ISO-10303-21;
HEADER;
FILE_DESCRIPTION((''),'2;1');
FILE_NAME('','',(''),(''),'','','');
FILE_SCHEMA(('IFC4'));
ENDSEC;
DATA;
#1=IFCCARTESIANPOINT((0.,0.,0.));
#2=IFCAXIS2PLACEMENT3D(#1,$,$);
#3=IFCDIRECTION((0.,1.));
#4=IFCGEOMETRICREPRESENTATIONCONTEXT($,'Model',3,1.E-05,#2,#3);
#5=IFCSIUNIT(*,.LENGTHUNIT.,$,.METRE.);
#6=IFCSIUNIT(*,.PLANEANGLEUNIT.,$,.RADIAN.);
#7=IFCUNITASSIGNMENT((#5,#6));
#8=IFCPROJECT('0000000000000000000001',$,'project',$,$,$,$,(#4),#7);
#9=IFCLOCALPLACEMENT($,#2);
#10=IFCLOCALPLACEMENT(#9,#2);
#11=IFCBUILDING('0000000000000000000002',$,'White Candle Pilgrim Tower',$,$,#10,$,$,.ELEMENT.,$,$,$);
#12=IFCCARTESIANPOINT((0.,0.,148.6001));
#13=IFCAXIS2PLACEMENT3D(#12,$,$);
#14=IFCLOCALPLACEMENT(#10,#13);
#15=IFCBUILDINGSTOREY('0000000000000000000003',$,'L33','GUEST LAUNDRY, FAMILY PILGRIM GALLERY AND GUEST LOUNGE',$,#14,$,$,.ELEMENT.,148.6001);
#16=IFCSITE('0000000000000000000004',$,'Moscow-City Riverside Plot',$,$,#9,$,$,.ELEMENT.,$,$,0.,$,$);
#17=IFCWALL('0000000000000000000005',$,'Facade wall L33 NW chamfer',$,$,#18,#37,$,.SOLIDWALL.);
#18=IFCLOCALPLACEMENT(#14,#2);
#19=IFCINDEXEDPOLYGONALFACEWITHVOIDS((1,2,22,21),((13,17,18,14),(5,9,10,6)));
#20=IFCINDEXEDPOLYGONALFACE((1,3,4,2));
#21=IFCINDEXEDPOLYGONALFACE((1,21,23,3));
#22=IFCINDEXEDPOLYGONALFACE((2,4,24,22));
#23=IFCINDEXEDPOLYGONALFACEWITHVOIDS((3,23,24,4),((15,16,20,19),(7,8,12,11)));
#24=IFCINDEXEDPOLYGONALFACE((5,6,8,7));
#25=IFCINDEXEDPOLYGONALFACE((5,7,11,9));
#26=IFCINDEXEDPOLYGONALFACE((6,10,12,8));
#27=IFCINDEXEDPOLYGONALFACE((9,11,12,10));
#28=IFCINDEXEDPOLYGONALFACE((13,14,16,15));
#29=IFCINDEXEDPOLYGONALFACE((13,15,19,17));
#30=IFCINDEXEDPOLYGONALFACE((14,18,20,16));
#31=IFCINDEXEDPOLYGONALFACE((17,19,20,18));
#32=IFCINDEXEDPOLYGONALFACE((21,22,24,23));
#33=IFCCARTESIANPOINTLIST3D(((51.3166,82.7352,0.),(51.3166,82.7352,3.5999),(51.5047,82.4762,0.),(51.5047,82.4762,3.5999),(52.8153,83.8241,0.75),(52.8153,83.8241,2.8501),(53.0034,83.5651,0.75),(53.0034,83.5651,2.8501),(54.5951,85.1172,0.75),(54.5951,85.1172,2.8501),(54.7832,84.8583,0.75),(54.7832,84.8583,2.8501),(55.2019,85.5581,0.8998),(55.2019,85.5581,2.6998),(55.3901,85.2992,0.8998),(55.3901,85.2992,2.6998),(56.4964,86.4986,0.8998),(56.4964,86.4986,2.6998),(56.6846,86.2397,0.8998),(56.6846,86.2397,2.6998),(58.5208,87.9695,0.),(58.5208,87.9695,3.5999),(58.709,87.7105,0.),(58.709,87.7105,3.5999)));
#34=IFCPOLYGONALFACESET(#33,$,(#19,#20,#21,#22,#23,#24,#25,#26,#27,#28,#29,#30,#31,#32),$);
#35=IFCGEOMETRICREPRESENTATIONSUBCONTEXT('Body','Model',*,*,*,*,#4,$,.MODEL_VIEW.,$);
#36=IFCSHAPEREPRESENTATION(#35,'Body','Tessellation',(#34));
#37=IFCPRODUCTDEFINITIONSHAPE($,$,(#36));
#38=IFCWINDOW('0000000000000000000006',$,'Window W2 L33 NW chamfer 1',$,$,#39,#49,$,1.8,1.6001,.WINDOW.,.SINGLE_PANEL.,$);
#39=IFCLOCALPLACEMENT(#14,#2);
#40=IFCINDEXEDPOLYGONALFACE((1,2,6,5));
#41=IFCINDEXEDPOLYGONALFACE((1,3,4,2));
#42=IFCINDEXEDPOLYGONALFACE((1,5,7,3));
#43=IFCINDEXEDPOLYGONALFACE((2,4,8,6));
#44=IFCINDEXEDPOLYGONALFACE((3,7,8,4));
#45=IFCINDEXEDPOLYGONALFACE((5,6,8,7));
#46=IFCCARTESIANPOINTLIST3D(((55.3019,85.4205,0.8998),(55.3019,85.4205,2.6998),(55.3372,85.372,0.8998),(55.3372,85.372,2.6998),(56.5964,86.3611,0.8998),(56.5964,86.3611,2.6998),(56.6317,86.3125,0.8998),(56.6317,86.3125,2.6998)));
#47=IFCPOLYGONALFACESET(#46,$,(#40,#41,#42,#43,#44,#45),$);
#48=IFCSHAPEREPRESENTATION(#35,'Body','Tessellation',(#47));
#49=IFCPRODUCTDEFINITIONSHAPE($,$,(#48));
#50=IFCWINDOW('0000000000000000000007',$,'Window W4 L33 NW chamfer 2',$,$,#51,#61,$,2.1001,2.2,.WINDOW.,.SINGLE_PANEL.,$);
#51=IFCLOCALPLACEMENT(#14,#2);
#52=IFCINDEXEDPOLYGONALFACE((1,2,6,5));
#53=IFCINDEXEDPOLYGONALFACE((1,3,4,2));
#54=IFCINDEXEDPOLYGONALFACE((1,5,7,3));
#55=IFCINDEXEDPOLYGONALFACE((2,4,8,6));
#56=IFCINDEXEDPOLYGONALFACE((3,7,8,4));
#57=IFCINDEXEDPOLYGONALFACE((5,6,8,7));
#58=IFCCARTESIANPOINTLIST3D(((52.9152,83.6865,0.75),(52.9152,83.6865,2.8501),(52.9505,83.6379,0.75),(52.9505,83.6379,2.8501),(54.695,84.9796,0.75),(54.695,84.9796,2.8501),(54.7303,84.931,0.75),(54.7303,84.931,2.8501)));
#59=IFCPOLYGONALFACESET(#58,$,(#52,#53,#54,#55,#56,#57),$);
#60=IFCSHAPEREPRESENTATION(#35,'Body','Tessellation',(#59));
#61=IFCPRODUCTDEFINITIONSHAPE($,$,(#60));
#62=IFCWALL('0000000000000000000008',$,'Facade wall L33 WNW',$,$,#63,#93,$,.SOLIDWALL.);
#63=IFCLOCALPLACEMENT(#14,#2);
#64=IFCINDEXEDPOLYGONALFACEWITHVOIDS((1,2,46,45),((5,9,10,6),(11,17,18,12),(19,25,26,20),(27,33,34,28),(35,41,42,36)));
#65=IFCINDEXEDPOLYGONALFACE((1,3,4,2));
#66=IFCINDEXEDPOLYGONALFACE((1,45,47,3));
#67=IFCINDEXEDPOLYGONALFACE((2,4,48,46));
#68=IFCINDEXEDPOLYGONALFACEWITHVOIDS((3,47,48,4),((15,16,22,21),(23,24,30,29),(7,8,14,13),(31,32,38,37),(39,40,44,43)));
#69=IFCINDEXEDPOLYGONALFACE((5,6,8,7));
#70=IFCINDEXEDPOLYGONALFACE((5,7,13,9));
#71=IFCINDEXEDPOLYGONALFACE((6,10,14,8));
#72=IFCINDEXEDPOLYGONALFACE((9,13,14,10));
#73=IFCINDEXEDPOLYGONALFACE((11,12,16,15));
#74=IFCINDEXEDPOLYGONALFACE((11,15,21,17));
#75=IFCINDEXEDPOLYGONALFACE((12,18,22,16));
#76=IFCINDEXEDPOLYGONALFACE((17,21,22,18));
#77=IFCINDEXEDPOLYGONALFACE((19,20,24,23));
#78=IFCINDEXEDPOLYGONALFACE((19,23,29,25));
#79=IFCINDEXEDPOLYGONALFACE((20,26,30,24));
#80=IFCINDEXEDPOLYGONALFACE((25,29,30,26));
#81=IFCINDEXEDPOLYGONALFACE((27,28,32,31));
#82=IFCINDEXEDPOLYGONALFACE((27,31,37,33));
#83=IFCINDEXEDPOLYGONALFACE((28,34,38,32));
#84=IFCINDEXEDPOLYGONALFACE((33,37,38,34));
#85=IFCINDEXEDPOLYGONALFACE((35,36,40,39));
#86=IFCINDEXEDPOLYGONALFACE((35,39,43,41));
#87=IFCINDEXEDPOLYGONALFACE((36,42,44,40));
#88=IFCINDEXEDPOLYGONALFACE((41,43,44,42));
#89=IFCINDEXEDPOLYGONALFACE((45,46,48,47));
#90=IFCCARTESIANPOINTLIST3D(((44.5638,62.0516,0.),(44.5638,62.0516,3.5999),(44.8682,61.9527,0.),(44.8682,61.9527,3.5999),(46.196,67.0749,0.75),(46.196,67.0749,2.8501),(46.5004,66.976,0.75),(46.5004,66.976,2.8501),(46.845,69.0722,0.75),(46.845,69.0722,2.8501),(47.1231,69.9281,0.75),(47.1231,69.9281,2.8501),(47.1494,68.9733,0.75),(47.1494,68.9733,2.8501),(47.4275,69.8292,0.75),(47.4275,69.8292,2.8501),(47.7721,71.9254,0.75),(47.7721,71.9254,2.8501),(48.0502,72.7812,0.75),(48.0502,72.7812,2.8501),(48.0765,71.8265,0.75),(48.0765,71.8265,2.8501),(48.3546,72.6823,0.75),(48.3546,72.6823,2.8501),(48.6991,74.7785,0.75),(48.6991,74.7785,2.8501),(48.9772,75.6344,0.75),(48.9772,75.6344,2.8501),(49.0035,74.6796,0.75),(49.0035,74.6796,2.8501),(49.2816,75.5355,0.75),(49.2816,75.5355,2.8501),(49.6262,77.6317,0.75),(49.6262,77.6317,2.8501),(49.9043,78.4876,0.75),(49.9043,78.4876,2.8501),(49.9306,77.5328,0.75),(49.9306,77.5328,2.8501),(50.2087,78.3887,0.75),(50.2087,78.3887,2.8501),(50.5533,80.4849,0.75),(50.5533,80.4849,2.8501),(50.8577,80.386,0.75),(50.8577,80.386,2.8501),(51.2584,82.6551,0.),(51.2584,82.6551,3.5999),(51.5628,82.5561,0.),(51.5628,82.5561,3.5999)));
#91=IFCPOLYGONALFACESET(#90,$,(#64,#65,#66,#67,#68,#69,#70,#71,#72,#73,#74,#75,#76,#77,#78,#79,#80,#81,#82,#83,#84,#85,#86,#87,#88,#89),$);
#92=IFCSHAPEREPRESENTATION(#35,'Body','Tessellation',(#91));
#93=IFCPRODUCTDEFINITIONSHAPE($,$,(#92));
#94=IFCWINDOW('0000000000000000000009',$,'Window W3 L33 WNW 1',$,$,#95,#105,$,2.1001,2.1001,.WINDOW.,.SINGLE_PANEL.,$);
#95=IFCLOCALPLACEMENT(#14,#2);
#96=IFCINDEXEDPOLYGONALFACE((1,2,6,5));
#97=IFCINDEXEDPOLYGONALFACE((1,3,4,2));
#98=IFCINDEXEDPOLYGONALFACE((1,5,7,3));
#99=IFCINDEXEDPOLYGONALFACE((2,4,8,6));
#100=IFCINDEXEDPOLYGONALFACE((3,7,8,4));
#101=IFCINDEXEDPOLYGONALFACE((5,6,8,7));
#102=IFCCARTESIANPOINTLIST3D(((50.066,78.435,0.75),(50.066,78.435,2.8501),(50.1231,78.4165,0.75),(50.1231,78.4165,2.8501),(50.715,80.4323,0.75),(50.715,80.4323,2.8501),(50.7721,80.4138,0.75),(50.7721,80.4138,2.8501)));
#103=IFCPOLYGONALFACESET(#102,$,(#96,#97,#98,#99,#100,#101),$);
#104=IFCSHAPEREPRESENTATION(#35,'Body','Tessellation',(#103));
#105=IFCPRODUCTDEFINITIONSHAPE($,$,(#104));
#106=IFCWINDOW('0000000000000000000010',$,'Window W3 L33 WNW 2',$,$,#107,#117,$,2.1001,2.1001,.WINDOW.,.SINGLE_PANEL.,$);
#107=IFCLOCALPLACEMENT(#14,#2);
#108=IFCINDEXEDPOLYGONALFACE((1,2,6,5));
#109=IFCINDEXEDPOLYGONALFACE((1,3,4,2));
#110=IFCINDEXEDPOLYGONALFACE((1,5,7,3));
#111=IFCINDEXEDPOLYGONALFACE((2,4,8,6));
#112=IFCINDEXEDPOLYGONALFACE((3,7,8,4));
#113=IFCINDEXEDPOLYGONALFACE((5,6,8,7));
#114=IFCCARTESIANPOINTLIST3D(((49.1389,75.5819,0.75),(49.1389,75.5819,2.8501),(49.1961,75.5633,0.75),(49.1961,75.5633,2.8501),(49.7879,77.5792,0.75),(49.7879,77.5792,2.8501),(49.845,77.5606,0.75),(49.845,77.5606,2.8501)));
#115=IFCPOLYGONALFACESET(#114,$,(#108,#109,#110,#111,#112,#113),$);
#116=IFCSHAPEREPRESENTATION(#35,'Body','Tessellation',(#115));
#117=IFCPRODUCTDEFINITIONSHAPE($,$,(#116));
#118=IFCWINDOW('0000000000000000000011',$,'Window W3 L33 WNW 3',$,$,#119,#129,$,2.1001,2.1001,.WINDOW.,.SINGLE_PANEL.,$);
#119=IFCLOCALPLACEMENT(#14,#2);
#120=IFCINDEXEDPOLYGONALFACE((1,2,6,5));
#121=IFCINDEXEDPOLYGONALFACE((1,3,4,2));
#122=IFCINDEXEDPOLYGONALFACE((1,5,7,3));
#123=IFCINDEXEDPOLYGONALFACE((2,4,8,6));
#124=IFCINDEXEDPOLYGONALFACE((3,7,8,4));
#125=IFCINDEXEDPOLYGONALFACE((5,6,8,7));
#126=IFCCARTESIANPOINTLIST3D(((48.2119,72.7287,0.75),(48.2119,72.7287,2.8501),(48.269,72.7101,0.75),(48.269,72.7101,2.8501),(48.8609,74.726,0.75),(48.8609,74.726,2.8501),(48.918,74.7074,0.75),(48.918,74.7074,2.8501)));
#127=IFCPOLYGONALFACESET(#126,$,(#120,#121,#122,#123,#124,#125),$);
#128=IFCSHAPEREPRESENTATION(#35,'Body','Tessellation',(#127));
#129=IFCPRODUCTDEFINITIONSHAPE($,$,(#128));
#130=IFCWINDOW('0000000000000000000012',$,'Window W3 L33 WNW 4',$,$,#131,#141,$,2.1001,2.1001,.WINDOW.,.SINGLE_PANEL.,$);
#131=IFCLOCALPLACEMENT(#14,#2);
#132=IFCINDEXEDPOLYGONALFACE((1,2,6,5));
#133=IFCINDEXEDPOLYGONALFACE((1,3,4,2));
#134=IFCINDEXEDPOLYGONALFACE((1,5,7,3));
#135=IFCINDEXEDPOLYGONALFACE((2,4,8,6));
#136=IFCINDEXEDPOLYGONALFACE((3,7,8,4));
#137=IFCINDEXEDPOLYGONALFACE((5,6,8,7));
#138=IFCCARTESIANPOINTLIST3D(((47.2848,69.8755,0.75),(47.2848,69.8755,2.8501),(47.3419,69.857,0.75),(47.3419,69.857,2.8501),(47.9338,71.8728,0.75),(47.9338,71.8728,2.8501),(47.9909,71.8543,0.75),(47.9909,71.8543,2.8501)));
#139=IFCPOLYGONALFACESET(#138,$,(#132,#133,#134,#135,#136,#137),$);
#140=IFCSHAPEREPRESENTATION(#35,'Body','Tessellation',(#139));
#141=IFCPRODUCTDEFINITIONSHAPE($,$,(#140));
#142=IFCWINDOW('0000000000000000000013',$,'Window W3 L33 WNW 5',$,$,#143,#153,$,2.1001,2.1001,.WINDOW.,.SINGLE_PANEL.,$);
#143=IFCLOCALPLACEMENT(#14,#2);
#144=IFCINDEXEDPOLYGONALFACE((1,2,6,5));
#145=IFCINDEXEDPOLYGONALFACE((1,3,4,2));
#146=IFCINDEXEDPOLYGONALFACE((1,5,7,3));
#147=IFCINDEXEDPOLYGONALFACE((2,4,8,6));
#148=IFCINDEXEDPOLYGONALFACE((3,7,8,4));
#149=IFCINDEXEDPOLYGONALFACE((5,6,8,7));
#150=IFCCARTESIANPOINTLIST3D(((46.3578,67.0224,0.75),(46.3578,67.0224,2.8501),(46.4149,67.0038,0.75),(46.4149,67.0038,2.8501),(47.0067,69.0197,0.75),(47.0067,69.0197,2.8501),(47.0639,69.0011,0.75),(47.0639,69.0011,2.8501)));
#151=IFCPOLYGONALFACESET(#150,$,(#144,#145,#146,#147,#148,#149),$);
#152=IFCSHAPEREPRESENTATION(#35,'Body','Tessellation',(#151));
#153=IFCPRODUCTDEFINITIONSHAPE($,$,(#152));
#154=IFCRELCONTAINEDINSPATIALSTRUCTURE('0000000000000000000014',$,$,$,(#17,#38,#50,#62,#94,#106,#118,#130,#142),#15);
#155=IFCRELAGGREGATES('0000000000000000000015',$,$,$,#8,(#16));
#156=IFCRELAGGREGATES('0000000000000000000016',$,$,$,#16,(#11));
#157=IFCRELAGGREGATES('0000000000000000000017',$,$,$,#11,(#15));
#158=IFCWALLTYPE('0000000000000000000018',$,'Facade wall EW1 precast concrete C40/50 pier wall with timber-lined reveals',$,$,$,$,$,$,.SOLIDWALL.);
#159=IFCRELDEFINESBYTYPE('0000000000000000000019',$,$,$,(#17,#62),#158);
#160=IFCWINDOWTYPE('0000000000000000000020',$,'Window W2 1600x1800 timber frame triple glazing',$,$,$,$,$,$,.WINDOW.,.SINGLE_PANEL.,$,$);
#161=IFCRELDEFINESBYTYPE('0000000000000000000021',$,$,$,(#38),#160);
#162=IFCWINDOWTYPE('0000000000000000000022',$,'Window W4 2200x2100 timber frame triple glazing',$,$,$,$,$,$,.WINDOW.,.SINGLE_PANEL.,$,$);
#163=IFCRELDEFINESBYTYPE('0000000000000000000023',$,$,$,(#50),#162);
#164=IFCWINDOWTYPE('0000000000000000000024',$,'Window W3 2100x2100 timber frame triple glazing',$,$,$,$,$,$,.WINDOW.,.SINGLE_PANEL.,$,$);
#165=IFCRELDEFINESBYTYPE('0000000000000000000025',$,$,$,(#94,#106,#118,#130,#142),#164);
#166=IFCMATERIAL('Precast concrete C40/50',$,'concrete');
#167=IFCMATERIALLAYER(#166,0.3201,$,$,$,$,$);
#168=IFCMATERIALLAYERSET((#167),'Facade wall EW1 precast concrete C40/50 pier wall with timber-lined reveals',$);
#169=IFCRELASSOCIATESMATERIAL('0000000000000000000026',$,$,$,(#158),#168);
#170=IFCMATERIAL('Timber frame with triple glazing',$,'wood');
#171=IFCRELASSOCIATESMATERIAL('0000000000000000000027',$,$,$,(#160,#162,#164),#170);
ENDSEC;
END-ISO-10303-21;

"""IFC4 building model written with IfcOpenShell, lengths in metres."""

from ifc_helpers import new_model, si_unit, direction, frame, frame_2d, origin, place, context, subcontext, project, spatial, rectangle, extrude, material, layer, layer_set, type_object, element, fill, save


model = new_model("IFC4")

# Units and contexts
model_context = context("Model", 3, precision=1e-05, world=origin(), true_north=direction((0.0, 1.0)))
body_context = subcontext(model_context, "Body", "Model", "MODEL_VIEW")
ifc_project = project(units=[si_unit("LENGTHUNIT", "METRE"), si_unit("PLANEANGLEUNIT", "RADIAN")], contexts=[model_context])

# Site, building, storey
site_placement = place(None, origin())
site = spatial("IfcSite", under=ifc_project, at=site_placement, Name="Moscow-City Riverside Plot", CompositionType="ELEMENT", RefElevation=0.0)
building_placement = place(site_placement, origin())
building = spatial("IfcBuilding", under=site, at=building_placement, Name="White Candle Pilgrim Tower", CompositionType="ELEMENT")
storey_placement = place(building_placement, frame((0.0, 0.0, 148.6001)))
storey = spatial("IfcBuildingStorey", under=building, at=storey_placement, Name="L33", Description="GUEST LAUNDRY, FAMILY PILGRIM GALLERY AND GUEST LOUNGE", CompositionType="ELEMENT", Elevation=148.6001)

# Shared definitions
ifc_material_1 = material(Name="Precast concrete C40/50", Category="concrete")
ifc_layer_1 = layer(ifc_material_1, 0.3201)
ifc_layer_set_1 = layer_set([ifc_layer_1], Name="Facade wall EW1 precast concrete C40/50 pier wall with timber-lined reveals")
wall_type_1 = type_object("IfcWallType", Name="Facade wall EW1 precast concrete C40/50 pier wall with timber-lined reveals", PredefinedType="SOLIDWALL", material=ifc_layer_set_1)

# Walls, openings, windows
wall_1_placement = place(storey_placement, frame((58.615, 87.8401, 0.0), z_axis=(0.0, 0.0, 1.0), x_axis=(-0.809011, -0.587793, 0.0)))
wall_1 = element("IfcWall", 1, at=wall_1_placement, inside=storey, type_object=wall_type_1, Name="Facade wall L33 NW chamfer", PredefinedType="SOLIDWALL", context=body_context, shape_type="SweptSolid", body=[
    extrude(rectangle(XDim=8.905, YDim=0.3201, at=frame_2d((4.4526, 0.0))), origin(), (0.0, 0.0, 1.0), 3.5999),
])
opening_1_placement = place(wall_1_placement, frame((2.5024, 0.0, 0.8999)))
opening_1 = element("IfcOpeningElement", 2, at=opening_1_placement, cuts=wall_1, PredefinedType="OPENING", context=body_context, shape_type="SweptSolid", body=[
    extrude(rectangle(XDim=1.6001, YDim=1.8, at=frame_2d((0.8, 0.8999))), frame((0.0, 0.1699, 0.0), z_axis=(0.0, -1.0, 0.0), x_axis=(1.0, 0.0, 0.0)), (0.0, 0.0, 1.0), 0.3401),
])
opening_2_placement = place(wall_1_placement, frame((4.8525, 0.0, 0.75)))
opening_2 = element("IfcOpeningElement", 3, at=opening_2_placement, cuts=wall_1, PredefinedType="OPENING", context=body_context, shape_type="SweptSolid", body=[
    extrude(rectangle(XDim=2.2, YDim=2.1001, at=frame_2d((1.1001, 1.05))), frame((0.0, 0.1699, 0.0), z_axis=(0.0, -1.0, 0.0), x_axis=(1.0, 0.0, 0.0)), (0.0, 0.0, 1.0), 0.3401),
])
ifc_material_2 = material(Name="Timber frame with triple glazing", Category="wood")
window_type_1 = type_object("IfcWindowType", Name="Window W2 1600x1800 timber frame triple glazing", PartitioningType="SINGLE_PANEL", PredefinedType="WINDOW", material=ifc_material_2)
window_1_placement = place(opening_1_placement, origin())
window_1 = element("IfcWindow", 4, at=window_1_placement, inside=storey, type_object=window_type_1, Name="Window W2 L33 NW chamfer 1", OverallHeight=1.8, OverallWidth=1.6001, PartitioningType="SINGLE_PANEL", PredefinedType="WINDOW", context=body_context, shape_type="SweptSolid", body=[
    extrude(rectangle(XDim=1.6001, YDim=1.8, at=frame_2d((0.8, 0.8999))), frame((0.0, 0.0701, 0.0), z_axis=(0.0, -1.0, 0.0), x_axis=(1.0, 0.0, 0.0)), (0.0, 0.0, 1.0), 0.0601),
])
fill(opening_1, window_1)
window_type_2 = type_object("IfcWindowType", Name="Window W4 2200x2100 timber frame triple glazing", PartitioningType="SINGLE_PANEL", PredefinedType="WINDOW", material=ifc_material_2)
window_2_placement = place(opening_2_placement, origin())
window_2 = element("IfcWindow", 5, at=window_2_placement, inside=storey, type_object=window_type_2, Name="Window W4 L33 NW chamfer 2", OverallHeight=2.1001, OverallWidth=2.2, PartitioningType="SINGLE_PANEL", PredefinedType="WINDOW", context=body_context, shape_type="SweptSolid", body=[
    extrude(rectangle(XDim=2.2, YDim=2.1001, at=frame_2d((1.1001, 1.05))), frame((0.0, 0.0701, 0.0), z_axis=(0.0, -1.0, 0.0), x_axis=(1.0, 0.0, 0.0)), (0.0, 0.0, 1.0), 0.0601),
])
fill(opening_2, window_2)
wall_2_placement = place(storey_placement, frame((51.4106, 82.6057, 0.0), z_axis=(0.0, 0.0, 1.0), x_axis=(-0.309021, -0.951055, 0.0)))
wall_2 = element("IfcWall", 6, at=wall_2_placement, inside=storey, type_object=wall_type_1, Name="Facade wall L33 WNW", PredefinedType="SOLIDWALL", context=body_context, shape_type="SweptSolid", body=[
    extrude(rectangle(XDim=21.6638, YDim=0.3201, at=frame_2d((10.832, 0.0))), origin(), (0.0, 0.0, 1.0), 3.5999),
])
opening_3_placement = place(wall_2_placement, frame((2.282, 0.0, 0.75)))
opening_3 = element("IfcOpeningElement", 7, at=opening_3_placement, cuts=wall_2, PredefinedType="OPENING", context=body_context, shape_type="SweptSolid", body=[
    extrude(rectangle(XDim=2.1001, YDim=2.1001, at=frame_2d((1.05, 1.05))), frame((0.0, 0.1699, 0.0), z_axis=(0.0, -1.0, 0.0), x_axis=(1.0, 0.0, 0.0)), (0.0, 0.0, 1.0), 0.3401),
])
opening_4_placement = place(wall_2_placement, frame((5.282, 0.0, 0.75)))
opening_4 = element("IfcOpeningElement", 8, at=opening_4_placement, cuts=wall_2, PredefinedType="OPENING", context=body_context, shape_type="SweptSolid", body=[
    extrude(rectangle(XDim=2.1001, YDim=2.1001, at=frame_2d((1.05, 1.05))), frame((0.0, 0.1699, 0.0), z_axis=(0.0, -1.0, 0.0), x_axis=(1.0, 0.0, 0.0)), (0.0, 0.0, 1.0), 0.3401),
])
opening_5_placement = place(wall_2_placement, frame((8.282, 0.0, 0.75)))
opening_5 = element("IfcOpeningElement", 9, at=opening_5_placement, cuts=wall_2, PredefinedType="OPENING", context=body_context, shape_type="SweptSolid", body=[
    extrude(rectangle(XDim=2.1001, YDim=2.1001, at=frame_2d((1.05, 1.05))), frame((0.0, 0.1699, 0.0), z_axis=(0.0, -1.0, 0.0), x_axis=(1.0, 0.0, 0.0)), (0.0, 0.0, 1.0), 0.3401),
])
opening_6_placement = place(wall_2_placement, frame((11.282, 0.0, 0.75)))
opening_6 = element("IfcOpeningElement", 10, at=opening_6_placement, cuts=wall_2, PredefinedType="OPENING", context=body_context, shape_type="SweptSolid", body=[
    extrude(rectangle(XDim=2.1001, YDim=2.1001, at=frame_2d((1.05, 1.05))), frame((0.0, 0.1699, 0.0), z_axis=(0.0, -1.0, 0.0), x_axis=(1.0, 0.0, 0.0)), (0.0, 0.0, 1.0), 0.3401),
])
opening_7_placement = place(wall_2_placement, frame((14.282, 0.0, 0.75)))
opening_7 = element("IfcOpeningElement", 11, at=opening_7_placement, cuts=wall_2, PredefinedType="OPENING", context=body_context, shape_type="SweptSolid", body=[
    extrude(rectangle(XDim=2.1001, YDim=2.1001, at=frame_2d((1.05, 1.05))), frame((0.0, 0.1699, 0.0), z_axis=(0.0, -1.0, 0.0), x_axis=(1.0, 0.0, 0.0)), (0.0, 0.0, 1.0), 0.3401),
])
window_type_3 = type_object("IfcWindowType", Name="Window W3 2100x2100 timber frame triple glazing", PartitioningType="SINGLE_PANEL", PredefinedType="WINDOW", material=ifc_material_2)
window_3_placement = place(opening_3_placement, origin())
window_3 = element("IfcWindow", 12, at=window_3_placement, inside=storey, type_object=window_type_3, Name="Window W3 L33 WNW 1", OverallHeight=2.1001, OverallWidth=2.1001, PartitioningType="SINGLE_PANEL", PredefinedType="WINDOW", context=body_context, shape_type="SweptSolid", body=[
    extrude(rectangle(XDim=2.1001, YDim=2.1001, at=frame_2d((1.05, 1.05))), frame((0.0, 0.0701, 0.0), z_axis=(0.0, -1.0, 0.0), x_axis=(1.0, 0.0, 0.0)), (0.0, 0.0, 1.0), 0.0601),
])
fill(opening_3, window_3)
window_4_placement = place(opening_4_placement, origin())
window_4 = element("IfcWindow", 13, at=window_4_placement, inside=storey, type_object=window_type_3, Name="Window W3 L33 WNW 2", OverallHeight=2.1001, OverallWidth=2.1001, PartitioningType="SINGLE_PANEL", PredefinedType="WINDOW", context=body_context, shape_type="SweptSolid", body=[
    extrude(rectangle(XDim=2.1001, YDim=2.1001, at=frame_2d((1.05, 1.05))), frame((0.0, 0.0701, 0.0), z_axis=(0.0, -1.0, 0.0), x_axis=(1.0, 0.0, 0.0)), (0.0, 0.0, 1.0), 0.0601),
])
fill(opening_4, window_4)
window_5_placement = place(opening_5_placement, origin())
window_5 = element("IfcWindow", 14, at=window_5_placement, inside=storey, type_object=window_type_3, Name="Window W3 L33 WNW 3", OverallHeight=2.1001, OverallWidth=2.1001, PartitioningType="SINGLE_PANEL", PredefinedType="WINDOW", context=body_context, shape_type="SweptSolid", body=[
    extrude(rectangle(XDim=2.1001, YDim=2.1001, at=frame_2d((1.05, 1.05))), frame((0.0, 0.0701, 0.0), z_axis=(0.0, -1.0, 0.0), x_axis=(1.0, 0.0, 0.0)), (0.0, 0.0, 1.0), 0.0601),
])
fill(opening_5, window_5)
window_6_placement = place(opening_6_placement, origin())
window_6 = element("IfcWindow", 15, at=window_6_placement, inside=storey, type_object=window_type_3, Name="Window W3 L33 WNW 4", OverallHeight=2.1001, OverallWidth=2.1001, PartitioningType="SINGLE_PANEL", PredefinedType="WINDOW", context=body_context, shape_type="SweptSolid", body=[
    extrude(rectangle(XDim=2.1001, YDim=2.1001, at=frame_2d((1.05, 1.05))), frame((0.0, 0.0701, 0.0), z_axis=(0.0, -1.0, 0.0), x_axis=(1.0, 0.0, 0.0)), (0.0, 0.0, 1.0), 0.0601),
])
fill(opening_6, window_6)
window_7_placement = place(opening_7_placement, origin())
window_7 = element("IfcWindow", 16, at=window_7_placement, inside=storey, type_object=window_type_3, Name="Window W3 L33 WNW 5", OverallHeight=2.1001, OverallWidth=2.1001, PartitioningType="SINGLE_PANEL", PredefinedType="WINDOW", context=body_context, shape_type="SweptSolid", body=[
    extrude(rectangle(XDim=2.1001, YDim=2.1001, at=frame_2d((1.05, 1.05))), frame((0.0, 0.0701, 0.0), z_axis=(0.0, -1.0, 0.0), x_axis=(1.0, 0.0, 0.0)), (0.0, 0.0, 1.0), 0.0601),
])
fill(opening_7, window_7)

save(model, "model.ifc")
